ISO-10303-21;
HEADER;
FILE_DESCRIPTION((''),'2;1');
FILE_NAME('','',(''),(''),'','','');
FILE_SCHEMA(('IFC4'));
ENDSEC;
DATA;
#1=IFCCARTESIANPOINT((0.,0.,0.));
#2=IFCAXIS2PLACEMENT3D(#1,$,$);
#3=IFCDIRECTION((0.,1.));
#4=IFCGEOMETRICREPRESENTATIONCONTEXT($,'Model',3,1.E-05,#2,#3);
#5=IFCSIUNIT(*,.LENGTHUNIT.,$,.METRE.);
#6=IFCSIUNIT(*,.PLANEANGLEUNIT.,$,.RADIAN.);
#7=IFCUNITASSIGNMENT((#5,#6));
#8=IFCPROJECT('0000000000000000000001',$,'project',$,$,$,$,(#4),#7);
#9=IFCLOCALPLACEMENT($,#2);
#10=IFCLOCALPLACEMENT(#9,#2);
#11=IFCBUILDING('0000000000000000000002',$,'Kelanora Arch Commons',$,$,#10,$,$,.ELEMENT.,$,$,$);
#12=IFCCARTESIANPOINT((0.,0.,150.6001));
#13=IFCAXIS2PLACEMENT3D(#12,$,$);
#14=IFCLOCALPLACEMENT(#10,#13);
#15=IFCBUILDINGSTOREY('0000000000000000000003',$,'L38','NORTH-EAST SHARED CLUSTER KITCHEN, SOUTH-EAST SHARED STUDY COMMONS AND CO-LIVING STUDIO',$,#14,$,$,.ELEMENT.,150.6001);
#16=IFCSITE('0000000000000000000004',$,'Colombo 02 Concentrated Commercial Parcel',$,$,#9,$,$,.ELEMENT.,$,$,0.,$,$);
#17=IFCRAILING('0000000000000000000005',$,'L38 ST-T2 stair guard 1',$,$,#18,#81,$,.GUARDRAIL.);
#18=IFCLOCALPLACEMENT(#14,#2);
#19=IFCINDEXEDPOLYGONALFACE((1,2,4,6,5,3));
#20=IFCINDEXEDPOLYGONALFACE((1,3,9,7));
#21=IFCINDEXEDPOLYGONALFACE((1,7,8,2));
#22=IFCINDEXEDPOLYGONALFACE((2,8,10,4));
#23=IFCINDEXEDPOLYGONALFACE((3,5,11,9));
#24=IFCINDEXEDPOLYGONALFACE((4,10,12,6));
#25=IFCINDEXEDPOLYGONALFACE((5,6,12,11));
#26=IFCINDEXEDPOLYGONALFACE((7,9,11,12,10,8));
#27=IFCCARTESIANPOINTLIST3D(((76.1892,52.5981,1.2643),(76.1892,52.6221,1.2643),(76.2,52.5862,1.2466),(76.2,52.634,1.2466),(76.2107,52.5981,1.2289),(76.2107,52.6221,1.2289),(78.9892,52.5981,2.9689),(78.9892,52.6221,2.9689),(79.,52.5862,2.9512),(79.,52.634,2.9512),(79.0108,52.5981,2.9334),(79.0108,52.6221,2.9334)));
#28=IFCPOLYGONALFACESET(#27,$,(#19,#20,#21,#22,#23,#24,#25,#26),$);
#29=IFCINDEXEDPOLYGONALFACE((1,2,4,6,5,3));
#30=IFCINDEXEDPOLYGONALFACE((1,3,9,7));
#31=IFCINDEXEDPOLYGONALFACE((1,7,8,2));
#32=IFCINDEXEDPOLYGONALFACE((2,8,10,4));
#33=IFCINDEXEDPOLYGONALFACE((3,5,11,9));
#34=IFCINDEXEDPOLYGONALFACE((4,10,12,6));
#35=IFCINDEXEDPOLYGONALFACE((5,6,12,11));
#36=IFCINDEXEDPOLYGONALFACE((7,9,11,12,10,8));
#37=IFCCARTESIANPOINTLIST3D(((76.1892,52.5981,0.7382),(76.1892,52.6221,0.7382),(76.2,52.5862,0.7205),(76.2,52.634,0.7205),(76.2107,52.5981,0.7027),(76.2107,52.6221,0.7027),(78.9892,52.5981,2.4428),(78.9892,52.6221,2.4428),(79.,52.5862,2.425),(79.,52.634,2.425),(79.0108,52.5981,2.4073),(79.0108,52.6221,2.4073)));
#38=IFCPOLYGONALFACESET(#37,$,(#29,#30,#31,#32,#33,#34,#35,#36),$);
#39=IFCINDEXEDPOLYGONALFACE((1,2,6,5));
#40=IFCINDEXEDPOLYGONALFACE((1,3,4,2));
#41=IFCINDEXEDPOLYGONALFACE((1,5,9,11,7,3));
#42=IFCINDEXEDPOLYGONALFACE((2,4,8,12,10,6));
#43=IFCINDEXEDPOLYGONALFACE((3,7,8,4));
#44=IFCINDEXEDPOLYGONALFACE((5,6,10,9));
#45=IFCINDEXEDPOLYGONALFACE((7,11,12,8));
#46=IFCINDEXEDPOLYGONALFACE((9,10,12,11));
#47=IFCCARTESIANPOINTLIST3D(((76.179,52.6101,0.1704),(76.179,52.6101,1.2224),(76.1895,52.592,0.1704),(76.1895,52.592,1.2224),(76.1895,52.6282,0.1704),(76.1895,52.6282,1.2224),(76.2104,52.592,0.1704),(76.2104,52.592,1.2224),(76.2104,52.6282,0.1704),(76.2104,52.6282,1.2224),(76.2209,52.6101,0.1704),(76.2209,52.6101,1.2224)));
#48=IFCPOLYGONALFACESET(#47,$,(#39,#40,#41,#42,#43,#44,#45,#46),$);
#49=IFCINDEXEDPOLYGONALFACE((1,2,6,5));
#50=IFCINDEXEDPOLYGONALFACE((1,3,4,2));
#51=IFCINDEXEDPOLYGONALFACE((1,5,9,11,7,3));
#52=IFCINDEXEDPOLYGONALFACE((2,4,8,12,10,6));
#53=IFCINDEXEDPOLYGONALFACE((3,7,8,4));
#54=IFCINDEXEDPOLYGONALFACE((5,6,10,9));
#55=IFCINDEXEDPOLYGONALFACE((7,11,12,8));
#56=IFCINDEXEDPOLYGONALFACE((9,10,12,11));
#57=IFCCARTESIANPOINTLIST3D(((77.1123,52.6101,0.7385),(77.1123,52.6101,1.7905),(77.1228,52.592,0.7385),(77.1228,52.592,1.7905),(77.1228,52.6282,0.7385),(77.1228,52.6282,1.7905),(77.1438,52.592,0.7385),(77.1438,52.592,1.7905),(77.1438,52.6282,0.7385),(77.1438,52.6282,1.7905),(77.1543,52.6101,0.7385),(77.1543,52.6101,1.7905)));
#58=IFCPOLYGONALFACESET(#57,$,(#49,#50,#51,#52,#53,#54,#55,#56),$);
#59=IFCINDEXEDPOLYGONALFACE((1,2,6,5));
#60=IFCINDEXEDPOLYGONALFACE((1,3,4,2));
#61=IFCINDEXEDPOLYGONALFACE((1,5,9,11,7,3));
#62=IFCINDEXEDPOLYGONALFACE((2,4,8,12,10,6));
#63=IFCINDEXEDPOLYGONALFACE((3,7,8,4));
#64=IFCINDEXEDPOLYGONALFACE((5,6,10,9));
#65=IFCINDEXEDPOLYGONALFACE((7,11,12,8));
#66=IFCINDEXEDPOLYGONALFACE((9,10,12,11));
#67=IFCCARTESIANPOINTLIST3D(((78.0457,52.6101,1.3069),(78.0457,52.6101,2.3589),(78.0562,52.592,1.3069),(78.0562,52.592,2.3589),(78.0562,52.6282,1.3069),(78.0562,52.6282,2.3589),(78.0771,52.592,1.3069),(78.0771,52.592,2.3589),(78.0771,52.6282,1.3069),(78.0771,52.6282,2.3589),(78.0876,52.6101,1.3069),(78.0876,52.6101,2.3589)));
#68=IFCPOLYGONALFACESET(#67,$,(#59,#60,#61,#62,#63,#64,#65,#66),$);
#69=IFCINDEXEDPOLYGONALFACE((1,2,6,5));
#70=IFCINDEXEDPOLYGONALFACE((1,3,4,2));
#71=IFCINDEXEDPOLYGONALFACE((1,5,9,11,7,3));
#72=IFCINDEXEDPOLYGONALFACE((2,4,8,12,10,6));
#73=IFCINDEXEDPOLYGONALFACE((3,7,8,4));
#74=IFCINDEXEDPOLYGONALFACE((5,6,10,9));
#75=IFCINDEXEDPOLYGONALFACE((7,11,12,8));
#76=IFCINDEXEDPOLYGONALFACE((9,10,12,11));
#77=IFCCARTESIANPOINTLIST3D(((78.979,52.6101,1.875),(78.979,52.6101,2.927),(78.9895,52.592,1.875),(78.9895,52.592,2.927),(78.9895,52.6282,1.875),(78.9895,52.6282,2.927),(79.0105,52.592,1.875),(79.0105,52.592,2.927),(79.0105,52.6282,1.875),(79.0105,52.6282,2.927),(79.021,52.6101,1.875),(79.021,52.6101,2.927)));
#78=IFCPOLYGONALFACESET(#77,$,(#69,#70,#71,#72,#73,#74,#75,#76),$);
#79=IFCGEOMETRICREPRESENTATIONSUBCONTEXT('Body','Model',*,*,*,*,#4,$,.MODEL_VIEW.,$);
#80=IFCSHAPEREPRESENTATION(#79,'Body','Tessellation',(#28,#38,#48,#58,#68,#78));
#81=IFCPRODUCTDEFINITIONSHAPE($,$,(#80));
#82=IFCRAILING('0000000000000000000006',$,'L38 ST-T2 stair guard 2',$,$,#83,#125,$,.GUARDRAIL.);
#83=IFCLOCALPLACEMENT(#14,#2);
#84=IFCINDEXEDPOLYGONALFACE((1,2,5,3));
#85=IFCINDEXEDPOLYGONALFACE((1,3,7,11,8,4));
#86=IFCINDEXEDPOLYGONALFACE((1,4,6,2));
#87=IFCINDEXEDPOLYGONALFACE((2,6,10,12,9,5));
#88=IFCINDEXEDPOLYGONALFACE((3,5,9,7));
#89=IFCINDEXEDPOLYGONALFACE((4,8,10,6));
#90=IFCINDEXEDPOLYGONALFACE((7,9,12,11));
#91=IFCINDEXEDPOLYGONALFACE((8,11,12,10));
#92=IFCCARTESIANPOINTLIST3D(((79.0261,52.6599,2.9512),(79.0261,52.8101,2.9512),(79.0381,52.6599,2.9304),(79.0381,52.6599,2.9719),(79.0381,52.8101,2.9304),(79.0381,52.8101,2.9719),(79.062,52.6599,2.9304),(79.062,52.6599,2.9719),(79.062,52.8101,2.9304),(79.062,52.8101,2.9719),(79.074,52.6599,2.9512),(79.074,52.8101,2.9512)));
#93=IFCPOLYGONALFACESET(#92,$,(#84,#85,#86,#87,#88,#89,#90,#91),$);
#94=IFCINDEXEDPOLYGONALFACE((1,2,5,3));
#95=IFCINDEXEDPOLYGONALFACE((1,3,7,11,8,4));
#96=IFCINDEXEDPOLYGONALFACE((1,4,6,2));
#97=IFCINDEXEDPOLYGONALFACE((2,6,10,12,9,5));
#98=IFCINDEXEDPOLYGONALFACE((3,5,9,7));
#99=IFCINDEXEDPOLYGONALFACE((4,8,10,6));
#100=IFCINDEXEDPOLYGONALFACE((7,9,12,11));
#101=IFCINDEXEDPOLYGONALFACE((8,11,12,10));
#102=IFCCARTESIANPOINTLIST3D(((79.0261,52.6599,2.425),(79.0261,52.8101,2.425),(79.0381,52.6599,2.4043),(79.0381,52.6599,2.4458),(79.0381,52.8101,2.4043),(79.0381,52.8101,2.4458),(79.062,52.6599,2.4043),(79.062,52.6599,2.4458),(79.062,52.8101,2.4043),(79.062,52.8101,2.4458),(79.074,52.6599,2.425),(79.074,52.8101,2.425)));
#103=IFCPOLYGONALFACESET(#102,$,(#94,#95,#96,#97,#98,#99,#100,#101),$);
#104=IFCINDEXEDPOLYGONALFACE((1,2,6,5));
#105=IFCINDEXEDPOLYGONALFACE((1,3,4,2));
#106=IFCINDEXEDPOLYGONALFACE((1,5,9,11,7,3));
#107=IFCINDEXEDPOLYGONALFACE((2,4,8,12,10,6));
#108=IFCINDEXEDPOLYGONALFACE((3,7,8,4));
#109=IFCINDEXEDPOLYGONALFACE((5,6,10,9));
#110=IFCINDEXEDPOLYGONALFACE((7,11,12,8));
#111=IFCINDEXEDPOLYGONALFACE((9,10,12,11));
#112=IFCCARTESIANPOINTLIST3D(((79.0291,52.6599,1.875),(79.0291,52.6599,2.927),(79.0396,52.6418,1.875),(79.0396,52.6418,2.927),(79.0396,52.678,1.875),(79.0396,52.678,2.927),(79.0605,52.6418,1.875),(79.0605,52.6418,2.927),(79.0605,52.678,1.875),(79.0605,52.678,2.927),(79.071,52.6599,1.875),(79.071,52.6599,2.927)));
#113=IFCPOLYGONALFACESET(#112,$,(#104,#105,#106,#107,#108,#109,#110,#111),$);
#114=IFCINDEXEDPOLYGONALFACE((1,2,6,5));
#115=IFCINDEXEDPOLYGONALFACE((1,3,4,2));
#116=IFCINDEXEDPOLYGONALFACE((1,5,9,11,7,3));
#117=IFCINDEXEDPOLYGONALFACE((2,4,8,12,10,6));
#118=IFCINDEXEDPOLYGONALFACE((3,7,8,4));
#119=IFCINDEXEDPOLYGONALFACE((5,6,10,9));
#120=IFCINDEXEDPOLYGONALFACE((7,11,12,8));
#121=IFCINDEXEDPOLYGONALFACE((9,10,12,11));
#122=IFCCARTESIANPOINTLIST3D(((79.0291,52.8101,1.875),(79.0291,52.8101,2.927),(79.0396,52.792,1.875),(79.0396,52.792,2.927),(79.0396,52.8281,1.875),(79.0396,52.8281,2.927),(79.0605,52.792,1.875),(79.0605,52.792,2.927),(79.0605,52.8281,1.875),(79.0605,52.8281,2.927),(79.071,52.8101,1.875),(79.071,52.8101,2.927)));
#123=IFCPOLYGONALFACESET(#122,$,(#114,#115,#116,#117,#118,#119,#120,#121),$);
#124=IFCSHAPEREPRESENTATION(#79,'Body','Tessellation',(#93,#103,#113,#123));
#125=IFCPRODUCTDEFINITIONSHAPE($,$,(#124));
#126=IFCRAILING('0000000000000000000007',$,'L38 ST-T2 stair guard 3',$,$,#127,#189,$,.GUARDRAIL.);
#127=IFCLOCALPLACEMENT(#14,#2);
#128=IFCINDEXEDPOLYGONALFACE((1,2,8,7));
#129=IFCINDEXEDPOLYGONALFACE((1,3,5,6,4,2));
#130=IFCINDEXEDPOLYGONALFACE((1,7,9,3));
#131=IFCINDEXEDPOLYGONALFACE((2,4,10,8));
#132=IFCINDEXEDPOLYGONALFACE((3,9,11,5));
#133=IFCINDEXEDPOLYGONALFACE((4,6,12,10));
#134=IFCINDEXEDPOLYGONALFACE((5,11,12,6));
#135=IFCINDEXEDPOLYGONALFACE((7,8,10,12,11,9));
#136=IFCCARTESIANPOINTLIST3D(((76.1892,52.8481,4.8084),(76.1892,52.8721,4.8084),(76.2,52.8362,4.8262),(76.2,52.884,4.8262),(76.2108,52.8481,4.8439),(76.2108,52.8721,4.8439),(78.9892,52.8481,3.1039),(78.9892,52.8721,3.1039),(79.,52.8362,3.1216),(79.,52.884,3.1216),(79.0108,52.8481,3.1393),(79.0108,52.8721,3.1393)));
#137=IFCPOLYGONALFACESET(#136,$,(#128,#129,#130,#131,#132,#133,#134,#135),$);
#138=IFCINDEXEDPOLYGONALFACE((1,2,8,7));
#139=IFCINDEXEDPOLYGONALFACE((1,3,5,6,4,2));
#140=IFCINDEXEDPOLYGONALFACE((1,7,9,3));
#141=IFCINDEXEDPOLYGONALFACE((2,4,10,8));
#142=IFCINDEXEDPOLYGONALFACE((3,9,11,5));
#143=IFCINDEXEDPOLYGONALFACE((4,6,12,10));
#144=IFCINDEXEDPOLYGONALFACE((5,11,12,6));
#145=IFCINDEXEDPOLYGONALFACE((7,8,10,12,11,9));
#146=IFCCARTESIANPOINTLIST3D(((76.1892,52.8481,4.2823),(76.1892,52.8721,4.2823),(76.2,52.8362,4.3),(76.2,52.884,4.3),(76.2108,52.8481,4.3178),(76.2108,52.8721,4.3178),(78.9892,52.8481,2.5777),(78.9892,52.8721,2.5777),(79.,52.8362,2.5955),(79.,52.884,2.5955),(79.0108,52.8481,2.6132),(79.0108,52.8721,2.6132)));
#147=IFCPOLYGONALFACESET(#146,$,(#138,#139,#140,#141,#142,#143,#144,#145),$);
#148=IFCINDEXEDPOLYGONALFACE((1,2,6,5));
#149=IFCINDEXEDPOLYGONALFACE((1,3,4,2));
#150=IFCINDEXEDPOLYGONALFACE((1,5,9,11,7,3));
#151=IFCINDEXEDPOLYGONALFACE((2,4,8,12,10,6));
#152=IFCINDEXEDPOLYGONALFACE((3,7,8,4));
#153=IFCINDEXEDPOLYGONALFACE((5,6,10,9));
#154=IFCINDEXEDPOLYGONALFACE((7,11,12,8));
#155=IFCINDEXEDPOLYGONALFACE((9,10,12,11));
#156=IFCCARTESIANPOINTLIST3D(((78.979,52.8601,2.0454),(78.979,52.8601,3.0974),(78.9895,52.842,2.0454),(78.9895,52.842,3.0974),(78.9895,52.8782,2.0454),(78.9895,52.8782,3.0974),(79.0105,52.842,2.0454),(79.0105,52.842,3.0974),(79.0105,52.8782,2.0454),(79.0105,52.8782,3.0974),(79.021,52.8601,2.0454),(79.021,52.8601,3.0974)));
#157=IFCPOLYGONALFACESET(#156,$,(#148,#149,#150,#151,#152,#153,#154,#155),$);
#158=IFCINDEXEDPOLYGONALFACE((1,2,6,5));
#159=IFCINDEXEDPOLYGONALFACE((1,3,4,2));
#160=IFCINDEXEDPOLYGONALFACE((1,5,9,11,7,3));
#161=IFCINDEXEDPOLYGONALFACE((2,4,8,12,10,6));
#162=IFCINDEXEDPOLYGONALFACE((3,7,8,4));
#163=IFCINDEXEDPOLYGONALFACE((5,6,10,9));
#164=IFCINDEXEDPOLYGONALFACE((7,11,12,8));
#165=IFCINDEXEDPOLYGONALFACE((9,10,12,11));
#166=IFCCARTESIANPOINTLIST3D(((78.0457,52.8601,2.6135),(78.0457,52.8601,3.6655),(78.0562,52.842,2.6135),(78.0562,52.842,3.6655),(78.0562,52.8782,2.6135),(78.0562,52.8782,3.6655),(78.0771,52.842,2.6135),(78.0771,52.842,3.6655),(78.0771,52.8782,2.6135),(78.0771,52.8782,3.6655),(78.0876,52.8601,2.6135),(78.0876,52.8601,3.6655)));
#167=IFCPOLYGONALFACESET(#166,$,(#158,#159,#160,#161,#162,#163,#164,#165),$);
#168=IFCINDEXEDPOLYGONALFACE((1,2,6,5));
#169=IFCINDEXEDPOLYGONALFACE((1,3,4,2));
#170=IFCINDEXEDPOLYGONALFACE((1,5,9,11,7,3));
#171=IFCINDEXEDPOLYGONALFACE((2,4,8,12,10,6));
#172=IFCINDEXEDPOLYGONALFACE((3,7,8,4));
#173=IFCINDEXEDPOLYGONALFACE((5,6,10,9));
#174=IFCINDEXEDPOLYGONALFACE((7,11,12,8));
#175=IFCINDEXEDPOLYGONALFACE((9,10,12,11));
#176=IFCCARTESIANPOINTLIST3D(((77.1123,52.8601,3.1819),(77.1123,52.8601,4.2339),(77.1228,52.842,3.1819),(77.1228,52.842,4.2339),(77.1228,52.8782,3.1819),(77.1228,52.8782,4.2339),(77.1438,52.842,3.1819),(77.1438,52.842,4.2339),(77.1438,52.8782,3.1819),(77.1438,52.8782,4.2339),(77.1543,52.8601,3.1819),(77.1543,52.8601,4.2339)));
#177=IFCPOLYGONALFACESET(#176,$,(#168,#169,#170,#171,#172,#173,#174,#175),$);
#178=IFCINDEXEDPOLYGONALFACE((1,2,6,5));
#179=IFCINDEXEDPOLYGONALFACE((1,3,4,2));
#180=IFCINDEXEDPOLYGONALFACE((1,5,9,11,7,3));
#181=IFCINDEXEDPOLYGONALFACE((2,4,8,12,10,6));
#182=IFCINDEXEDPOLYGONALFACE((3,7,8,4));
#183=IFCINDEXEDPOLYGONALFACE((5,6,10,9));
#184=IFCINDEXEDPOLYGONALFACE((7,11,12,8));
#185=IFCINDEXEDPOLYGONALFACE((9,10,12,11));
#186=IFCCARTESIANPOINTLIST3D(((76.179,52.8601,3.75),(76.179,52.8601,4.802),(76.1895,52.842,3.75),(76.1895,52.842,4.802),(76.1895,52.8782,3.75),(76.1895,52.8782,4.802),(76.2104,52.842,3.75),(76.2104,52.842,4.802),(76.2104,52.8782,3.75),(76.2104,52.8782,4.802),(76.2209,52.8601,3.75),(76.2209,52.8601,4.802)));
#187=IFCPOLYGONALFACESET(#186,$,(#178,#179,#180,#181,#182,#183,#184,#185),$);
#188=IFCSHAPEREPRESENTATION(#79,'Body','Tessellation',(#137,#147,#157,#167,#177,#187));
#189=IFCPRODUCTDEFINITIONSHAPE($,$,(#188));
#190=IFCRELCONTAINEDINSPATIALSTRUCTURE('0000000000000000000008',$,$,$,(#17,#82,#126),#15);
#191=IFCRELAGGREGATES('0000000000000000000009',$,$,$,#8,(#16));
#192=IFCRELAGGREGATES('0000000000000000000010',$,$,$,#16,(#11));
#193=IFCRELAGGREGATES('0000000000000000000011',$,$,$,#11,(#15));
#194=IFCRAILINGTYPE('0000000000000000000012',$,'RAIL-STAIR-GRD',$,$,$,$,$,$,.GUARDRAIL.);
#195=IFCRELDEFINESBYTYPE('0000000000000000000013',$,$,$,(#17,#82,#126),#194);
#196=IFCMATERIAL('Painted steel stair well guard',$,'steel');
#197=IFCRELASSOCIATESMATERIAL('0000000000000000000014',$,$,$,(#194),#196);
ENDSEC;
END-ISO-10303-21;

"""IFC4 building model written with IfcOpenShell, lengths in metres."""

from ifc_helpers import new_model, si_unit, direction, frame, origin, place, context, subcontext, project, spatial, polyline, outline, extrude, material, type_object, element, save


model = new_model("IFC4")

# Units and contexts
model_context = context("Model", 3, precision=1e-05, world=origin(), true_north=direction((0.0, 1.0)))
body_context = subcontext(model_context, "Body", "Model", "MODEL_VIEW")
ifc_project = project(units=[si_unit("LENGTHUNIT", "METRE"), si_unit("PLANEANGLEUNIT", "RADIAN")], contexts=[model_context])

# Site, building, storey
site_placement = place(None, origin())
site = spatial("IfcSite", under=ifc_project, at=site_placement, Name="Colombo 02 Concentrated Commercial Parcel", CompositionType="ELEMENT", RefElevation=0.0)
building_placement = place(site_placement, origin())
building = spatial("IfcBuilding", under=site, at=building_placement, Name="Kelanora Arch Commons", CompositionType="ELEMENT")
storey_placement = place(building_placement, frame((0.0, 0.0, 150.6001)))
storey = spatial("IfcBuildingStorey", under=building, at=storey_placement, Name="L38", Description="NORTH-EAST SHARED CLUSTER KITCHEN, SOUTH-EAST SHARED STUDY COMMONS AND CO-LIVING STUDIO", CompositionType="ELEMENT", Elevation=150.6001)

# Railings
ifc_material_1 = material(Name="Painted steel stair well guard", Category="steel")
railing_type_1 = type_object("IfcRailingType", Name="RAIL-STAIR-GRD", PredefinedType="GUARDRAIL", material=ifc_material_1)
railing_1_placement = place(storey_placement, frame((76.2, 52.6101, 0.1704)))
element("IfcRailing", 1, at=railing_1_placement, inside=storey, type_object=railing_type_1, Name="L38 ST-T2 stair guard 1", PredefinedType="GUARDRAIL", context=body_context, shape_type="SweptSolid", body=[
    extrude(outline(polyline([(0.0239, 0.0), (0.012, 0.0208), (-0.012, 0.0208), (-0.0239, 0.0), (-0.012, -0.0208), (0.012, -0.0208), (0.0239, 0.0)])), frame((0.0, 0.0, 1.0762), z_axis=(0.85417, 0.0, 0.519994), x_axis=(0.0, 1.0, 0.0)), (0.0, 0.0, 1.0), 3.2781),
    extrude(outline(polyline([(0.0239, 0.0), (0.012, 0.0208), (-0.012, 0.0208), (-0.0239, 0.0), (-0.012, -0.0208), (0.012, -0.0208), (0.0239, 0.0)])), frame((0.0, 0.0, 0.55), z_axis=(0.85417, 0.0, 0.519994), x_axis=(0.0, 1.0, 0.0)), (0.0, 0.0, 1.0), 3.2781),
    extrude(outline(polyline([(0.021, 0.0), (0.0105, 0.0181), (-0.0105, 0.0181), (-0.021, 0.0), (-0.0105, -0.0181), (0.0105, -0.0181), (0.021, 0.0)])), origin(), (0.0, 0.0, 1.0), 1.052),
    extrude(outline(polyline([(0.021, 0.0), (0.0105, 0.0181), (-0.0105, 0.0181), (-0.021, 0.0), (-0.0105, -0.0181), (0.0105, -0.0181), (0.021, 0.0)])), frame((0.9333, 0.0, 0.5681)), (0.0, 0.0, 1.0), 1.052),
    extrude(outline(polyline([(0.021, 0.0), (0.0105, 0.0181), (-0.0105, 0.0181), (-0.021, 0.0), (-0.0105, -0.0181), (0.0105, -0.0181), (0.021, 0.0)])), frame((1.8667, 0.0, 1.1365)), (0.0, 0.0, 1.0), 1.052),
    extrude(outline(polyline([(0.021, 0.0), (0.0105, 0.0181), (-0.0105, 0.0181), (-0.021, 0.0), (-0.0105, -0.0181), (0.0105, -0.0181), (0.021, 0.0)])), frame((2.8, 0.0, 1.7046)), (0.0, 0.0, 1.0), 1.052),
])
railing_2_placement = place(storey_placement, frame((79.05, 52.6599, 1.875)))
element("IfcRailing", 2, at=railing_2_placement, inside=storey, type_object=railing_type_1, Name="L38 ST-T2 stair guard 2", PredefinedType="GUARDRAIL", context=body_context, shape_type="SweptSolid", body=[
    extrude(outline(polyline([(0.0239, 0.0), (0.012, 0.0208), (-0.012, 0.0208), (-0.0239, 0.0), (-0.012, -0.0208), (0.012, -0.0208), (0.0239, 0.0)])), frame((0.0, 0.0, 1.0762), z_axis=(0.0, 1.0, 0.0), x_axis=(-1.0, 0.0, 0.0)), (0.0, 0.0, 1.0), 0.1501),
    extrude(outline(polyline([(0.0239, 0.0), (0.012, 0.0208), (-0.012, 0.0208), (-0.0239, 0.0), (-0.012, -0.0208), (0.012, -0.0208), (0.0239, 0.0)])), frame((0.0, 0.0, 0.55), z_axis=(0.0, 1.0, 0.0), x_axis=(-1.0, 0.0, 0.0)), (0.0, 0.0, 1.0), 0.1501),
    extrude(outline(polyline([(0.021, 0.0), (0.0105, 0.0181), (-0.0105, 0.0181), (-0.021, 0.0), (-0.0105, -0.0181), (0.0105, -0.0181), (0.021, 0.0)])), origin(), (0.0, 0.0, 1.0), 1.052),
    extrude(outline(polyline([(0.021, 0.0), (0.0105, 0.0181), (-0.0105, 0.0181), (-0.021, 0.0), (-0.0105, -0.0181), (0.0105, -0.0181), (0.021, 0.0)])), frame((0.0, 0.1501, 0.0)), (0.0, 0.0, 1.0), 1.052),
])
railing_3_placement = place(storey_placement, frame((79.0, 52.8601, 2.0454)))
element("IfcRailing", 3, at=railing_3_placement, inside=storey, type_object=railing_type_1, Name="L38 ST-T2 stair guard 3", PredefinedType="GUARDRAIL", context=body_context, shape_type="SweptSolid", body=[
    extrude(outline(polyline([(0.0239, 0.0), (0.012, 0.0208), (-0.012, 0.0208), (-0.0239, 0.0), (-0.012, -0.0208), (0.012, -0.0208), (0.0239, 0.0)])), frame((0.0, 0.0, 1.0762), z_axis=(-0.85417, 0.0, 0.519994), x_axis=(0.0, -1.0, 0.0)), (0.0, 0.0, 1.0), 3.2781),
    extrude(outline(polyline([(0.0239, 0.0), (0.012, 0.0208), (-0.012, 0.0208), (-0.0239, 0.0), (-0.012, -0.0208), (0.012, -0.0208), (0.0239, 0.0)])), frame((0.0, 0.0, 0.55), z_axis=(-0.85417, 0.0, 0.519994), x_axis=(0.0, -1.0, 0.0)), (0.0, 0.0, 1.0), 3.2781),
    extrude(outline(polyline([(0.021, 0.0), (0.0105, 0.0181), (-0.0105, 0.0181), (-0.021, 0.0), (-0.0105, -0.0181), (0.0105, -0.0181), (0.021, 0.0)])), origin(), (0.0, 0.0, 1.0), 1.052),
    extrude(outline(polyline([(0.021, 0.0), (0.0105, 0.0181), (-0.0105, 0.0181), (-0.021, 0.0), (-0.0105, -0.0181), (0.0105, -0.0181), (0.021, 0.0)])), frame((-0.9333, 0.0, 0.5681)), (0.0, 0.0, 1.0), 1.052),
    extrude(outline(polyline([(0.021, 0.0), (0.0105, 0.0181), (-0.0105, 0.0181), (-0.021, 0.0), (-0.0105, -0.0181), (0.0105, -0.0181), (0.021, 0.0)])), frame((-1.8667, 0.0, 1.1365)), (0.0, 0.0, 1.0), 1.052),
    extrude(outline(polyline([(0.021, 0.0), (0.0105, 0.0181), (-0.0105, 0.0181), (-0.021, 0.0), (-0.0105, -0.0181), (0.0105, -0.0181), (0.021, 0.0)])), frame((-2.8, 0.0, 1.7046)), (0.0, 0.0, 1.0), 1.052),
])

save(model, "model.ifc")
